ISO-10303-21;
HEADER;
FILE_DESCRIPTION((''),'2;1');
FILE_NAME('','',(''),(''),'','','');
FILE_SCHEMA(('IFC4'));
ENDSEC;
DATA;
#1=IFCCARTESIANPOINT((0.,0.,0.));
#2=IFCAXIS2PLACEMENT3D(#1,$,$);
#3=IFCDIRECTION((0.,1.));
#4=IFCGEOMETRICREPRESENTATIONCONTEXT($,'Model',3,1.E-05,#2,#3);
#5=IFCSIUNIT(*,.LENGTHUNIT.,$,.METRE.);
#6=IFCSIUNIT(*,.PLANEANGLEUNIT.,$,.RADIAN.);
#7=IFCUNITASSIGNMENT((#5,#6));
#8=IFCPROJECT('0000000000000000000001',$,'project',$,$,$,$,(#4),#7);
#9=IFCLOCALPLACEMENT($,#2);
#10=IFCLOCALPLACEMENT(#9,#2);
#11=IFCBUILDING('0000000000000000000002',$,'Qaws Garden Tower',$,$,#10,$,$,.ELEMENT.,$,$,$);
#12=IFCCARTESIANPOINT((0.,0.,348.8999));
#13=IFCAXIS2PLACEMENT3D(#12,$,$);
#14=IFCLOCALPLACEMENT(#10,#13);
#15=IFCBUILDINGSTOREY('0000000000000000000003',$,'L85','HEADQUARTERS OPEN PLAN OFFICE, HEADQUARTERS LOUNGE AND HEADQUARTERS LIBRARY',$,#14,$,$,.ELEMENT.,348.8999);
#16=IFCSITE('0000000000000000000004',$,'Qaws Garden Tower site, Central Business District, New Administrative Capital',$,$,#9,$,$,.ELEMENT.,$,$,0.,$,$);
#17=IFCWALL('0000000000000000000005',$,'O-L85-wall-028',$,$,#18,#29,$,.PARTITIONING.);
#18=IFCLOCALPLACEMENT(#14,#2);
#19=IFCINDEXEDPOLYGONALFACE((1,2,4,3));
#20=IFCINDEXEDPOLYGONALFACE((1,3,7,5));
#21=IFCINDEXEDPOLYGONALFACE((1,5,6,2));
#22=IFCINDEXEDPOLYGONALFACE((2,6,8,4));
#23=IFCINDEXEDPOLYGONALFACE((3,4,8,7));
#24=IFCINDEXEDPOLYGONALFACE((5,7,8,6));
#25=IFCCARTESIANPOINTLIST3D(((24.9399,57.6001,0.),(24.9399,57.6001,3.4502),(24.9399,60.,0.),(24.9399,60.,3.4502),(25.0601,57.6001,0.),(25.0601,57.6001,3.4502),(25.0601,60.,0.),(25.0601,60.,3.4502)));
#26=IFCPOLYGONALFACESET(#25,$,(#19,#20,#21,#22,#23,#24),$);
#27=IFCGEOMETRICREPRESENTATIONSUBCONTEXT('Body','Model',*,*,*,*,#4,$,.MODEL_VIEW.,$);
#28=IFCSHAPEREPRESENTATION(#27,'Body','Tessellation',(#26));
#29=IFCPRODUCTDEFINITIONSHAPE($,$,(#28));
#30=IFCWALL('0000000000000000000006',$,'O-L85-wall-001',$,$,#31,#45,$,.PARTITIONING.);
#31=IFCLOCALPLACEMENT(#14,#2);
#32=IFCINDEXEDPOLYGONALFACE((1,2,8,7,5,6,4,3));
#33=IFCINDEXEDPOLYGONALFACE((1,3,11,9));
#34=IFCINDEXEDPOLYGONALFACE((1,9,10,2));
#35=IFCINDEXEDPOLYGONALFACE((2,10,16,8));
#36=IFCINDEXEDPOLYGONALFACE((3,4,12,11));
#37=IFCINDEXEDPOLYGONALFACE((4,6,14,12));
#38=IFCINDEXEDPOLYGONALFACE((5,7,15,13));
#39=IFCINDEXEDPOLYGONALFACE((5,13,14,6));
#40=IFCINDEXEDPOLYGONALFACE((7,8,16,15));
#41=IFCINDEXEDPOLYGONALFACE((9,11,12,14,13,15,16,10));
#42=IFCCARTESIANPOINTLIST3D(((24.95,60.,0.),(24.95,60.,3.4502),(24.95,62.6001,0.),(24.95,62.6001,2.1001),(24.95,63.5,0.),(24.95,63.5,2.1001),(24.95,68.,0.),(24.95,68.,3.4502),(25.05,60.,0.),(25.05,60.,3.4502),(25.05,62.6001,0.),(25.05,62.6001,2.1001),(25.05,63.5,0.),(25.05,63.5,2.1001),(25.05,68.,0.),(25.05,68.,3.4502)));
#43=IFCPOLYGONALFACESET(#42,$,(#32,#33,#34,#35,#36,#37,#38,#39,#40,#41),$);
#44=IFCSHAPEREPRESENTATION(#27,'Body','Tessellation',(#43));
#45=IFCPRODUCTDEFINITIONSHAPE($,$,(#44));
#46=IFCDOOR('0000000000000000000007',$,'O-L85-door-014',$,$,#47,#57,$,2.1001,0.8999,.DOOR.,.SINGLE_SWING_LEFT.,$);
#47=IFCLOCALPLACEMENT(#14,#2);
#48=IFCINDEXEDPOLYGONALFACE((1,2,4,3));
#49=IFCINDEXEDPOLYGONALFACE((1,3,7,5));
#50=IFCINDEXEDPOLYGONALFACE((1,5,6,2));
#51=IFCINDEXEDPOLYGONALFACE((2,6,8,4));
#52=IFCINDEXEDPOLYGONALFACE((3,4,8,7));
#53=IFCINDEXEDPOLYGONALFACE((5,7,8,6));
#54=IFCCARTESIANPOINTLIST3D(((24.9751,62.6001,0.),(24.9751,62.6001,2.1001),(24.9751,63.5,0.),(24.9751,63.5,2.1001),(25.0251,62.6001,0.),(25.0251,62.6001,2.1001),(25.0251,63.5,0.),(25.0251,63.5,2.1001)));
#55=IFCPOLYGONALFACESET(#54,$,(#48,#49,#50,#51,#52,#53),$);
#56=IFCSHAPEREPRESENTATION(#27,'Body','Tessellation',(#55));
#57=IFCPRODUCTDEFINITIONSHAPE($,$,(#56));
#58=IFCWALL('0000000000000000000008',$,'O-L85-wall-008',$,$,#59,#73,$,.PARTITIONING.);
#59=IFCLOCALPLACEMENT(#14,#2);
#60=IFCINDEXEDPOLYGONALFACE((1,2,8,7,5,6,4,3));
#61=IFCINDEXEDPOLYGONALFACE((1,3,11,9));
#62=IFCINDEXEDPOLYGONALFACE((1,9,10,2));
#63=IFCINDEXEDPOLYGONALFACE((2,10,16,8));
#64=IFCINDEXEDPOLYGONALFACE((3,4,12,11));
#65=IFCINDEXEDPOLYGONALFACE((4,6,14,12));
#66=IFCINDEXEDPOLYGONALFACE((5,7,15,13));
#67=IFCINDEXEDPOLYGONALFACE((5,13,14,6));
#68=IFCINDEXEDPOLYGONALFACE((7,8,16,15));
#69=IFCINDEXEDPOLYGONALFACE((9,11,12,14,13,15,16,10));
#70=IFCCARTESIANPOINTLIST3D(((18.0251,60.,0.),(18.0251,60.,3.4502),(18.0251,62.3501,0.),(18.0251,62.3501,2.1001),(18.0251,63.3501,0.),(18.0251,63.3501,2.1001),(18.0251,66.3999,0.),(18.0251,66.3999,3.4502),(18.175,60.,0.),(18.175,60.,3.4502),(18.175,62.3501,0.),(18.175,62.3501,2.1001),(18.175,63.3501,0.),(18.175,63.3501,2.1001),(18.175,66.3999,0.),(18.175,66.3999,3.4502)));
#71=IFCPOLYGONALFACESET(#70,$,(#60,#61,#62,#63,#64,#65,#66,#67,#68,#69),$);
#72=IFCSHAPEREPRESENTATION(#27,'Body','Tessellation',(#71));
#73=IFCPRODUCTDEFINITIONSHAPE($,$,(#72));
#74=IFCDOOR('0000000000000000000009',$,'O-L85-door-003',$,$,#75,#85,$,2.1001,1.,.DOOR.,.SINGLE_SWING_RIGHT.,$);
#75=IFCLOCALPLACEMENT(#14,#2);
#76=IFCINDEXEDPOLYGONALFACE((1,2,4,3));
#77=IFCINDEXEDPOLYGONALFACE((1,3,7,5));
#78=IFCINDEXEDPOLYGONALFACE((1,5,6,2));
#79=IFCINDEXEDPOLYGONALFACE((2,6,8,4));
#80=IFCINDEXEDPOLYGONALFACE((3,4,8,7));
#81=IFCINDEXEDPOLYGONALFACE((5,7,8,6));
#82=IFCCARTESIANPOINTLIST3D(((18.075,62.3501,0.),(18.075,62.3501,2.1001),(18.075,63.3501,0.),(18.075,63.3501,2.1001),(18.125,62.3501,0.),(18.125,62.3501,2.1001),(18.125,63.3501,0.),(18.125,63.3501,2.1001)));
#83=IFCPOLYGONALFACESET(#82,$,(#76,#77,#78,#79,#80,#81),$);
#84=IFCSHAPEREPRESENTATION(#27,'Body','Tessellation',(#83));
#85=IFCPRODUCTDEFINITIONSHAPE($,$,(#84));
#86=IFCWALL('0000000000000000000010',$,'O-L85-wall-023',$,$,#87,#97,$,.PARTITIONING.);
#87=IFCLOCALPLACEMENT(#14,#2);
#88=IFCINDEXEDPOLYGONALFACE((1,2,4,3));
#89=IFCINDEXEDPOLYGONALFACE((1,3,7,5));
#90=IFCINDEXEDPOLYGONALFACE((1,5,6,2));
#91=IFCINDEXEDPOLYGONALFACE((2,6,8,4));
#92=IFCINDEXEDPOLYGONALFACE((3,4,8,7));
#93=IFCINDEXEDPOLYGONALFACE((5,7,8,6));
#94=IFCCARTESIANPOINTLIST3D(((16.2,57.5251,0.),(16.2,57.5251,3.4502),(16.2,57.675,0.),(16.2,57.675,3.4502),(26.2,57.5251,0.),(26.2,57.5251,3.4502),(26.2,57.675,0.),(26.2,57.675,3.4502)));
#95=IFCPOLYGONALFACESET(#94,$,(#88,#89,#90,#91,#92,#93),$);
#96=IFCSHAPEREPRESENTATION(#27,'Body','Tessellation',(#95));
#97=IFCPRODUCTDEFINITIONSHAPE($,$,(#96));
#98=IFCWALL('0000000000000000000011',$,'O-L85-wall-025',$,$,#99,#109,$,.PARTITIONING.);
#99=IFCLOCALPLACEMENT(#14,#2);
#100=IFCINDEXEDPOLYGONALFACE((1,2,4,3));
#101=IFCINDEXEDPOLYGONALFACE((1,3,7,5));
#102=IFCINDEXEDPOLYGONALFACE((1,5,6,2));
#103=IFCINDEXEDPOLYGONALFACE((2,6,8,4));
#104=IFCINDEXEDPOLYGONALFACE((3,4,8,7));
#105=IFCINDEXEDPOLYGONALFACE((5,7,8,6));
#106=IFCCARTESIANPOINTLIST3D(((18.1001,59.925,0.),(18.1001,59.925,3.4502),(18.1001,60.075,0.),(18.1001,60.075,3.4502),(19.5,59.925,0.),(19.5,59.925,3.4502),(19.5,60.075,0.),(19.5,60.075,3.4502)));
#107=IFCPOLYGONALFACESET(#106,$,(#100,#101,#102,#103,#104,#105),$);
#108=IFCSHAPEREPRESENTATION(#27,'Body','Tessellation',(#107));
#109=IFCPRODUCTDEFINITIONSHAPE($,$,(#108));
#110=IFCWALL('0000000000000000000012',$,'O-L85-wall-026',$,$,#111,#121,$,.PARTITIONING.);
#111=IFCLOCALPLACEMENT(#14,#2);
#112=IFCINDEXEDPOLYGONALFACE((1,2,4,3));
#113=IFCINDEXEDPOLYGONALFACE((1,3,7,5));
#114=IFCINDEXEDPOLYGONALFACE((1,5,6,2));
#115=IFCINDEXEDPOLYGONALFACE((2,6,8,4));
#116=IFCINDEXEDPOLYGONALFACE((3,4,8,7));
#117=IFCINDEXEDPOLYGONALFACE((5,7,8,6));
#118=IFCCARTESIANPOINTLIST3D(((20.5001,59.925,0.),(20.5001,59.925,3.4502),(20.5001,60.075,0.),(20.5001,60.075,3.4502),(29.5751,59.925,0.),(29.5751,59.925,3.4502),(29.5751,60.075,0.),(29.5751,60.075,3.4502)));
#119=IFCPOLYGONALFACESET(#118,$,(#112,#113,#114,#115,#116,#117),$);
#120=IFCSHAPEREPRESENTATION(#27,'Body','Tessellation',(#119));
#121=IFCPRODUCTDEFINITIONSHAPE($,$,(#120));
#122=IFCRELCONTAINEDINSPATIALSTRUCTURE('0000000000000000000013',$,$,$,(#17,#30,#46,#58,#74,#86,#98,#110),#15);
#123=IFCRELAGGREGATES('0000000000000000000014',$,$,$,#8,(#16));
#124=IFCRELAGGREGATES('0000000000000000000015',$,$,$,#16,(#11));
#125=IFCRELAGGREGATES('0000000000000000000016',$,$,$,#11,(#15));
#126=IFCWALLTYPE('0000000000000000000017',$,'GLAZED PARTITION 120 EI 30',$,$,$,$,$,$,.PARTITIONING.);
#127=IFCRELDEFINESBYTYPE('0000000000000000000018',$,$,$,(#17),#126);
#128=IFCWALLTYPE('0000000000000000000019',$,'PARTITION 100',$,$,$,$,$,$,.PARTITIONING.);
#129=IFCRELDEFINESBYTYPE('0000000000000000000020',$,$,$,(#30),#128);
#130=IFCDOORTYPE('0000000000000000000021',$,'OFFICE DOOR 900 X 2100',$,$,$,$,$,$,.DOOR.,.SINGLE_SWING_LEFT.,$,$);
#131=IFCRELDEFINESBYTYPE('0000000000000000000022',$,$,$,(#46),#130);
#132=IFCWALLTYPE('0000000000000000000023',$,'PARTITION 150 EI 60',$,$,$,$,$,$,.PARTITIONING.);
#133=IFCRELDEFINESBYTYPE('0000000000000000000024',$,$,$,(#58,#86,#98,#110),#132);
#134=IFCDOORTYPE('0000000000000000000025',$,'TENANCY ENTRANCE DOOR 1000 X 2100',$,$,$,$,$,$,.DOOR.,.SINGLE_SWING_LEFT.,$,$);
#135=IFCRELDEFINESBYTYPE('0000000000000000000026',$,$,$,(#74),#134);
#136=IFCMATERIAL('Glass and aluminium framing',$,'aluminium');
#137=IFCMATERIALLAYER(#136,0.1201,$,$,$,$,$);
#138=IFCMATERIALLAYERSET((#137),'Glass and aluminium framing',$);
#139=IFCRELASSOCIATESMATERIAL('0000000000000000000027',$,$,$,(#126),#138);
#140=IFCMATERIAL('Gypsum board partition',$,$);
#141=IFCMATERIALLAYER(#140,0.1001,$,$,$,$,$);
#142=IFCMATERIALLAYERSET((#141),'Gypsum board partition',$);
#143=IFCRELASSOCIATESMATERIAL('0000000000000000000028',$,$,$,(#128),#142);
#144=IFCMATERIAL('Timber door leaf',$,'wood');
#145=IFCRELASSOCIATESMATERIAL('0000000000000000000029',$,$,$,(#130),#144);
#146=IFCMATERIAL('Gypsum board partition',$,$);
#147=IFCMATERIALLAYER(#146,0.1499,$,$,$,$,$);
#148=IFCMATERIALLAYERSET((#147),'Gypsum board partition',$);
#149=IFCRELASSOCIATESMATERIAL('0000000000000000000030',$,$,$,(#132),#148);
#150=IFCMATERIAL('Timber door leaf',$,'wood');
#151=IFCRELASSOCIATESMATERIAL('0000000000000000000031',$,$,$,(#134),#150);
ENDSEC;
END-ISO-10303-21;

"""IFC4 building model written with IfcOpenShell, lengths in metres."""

from ifc_helpers import new_model, si_unit, direction, frame, frame_2d, origin, place, context, subcontext, project, spatial, rectangle, extrude, material, layer, layer_set, type_object, element, fill, save


model = new_model("IFC4")

# Units and contexts
model_context = context("Model", 3, precision=1e-05, world=origin(), true_north=direction((0.0, 1.0)))
body_context = subcontext(model_context, "Body", "Model", "MODEL_VIEW")
ifc_project = project(units=[si_unit("LENGTHUNIT", "METRE"), si_unit("PLANEANGLEUNIT", "RADIAN")], contexts=[model_context])

# Site, building, storey
site_placement = place(None, origin())
site = spatial("IfcSite", under=ifc_project, at=site_placement, Name="Qaws Garden Tower site, Central Business District, New Administrative Capital", CompositionType="ELEMENT", RefElevation=0.0)
building_placement = place(site_placement, origin())
building = spatial("IfcBuilding", under=site, at=building_placement, Name="Qaws Garden Tower", CompositionType="ELEMENT")
storey_placement = place(building_placement, frame((0.0, 0.0, 348.8999)))
storey = spatial("IfcBuildingStorey", under=building, at=storey_placement, Name="L85", Description="HEADQUARTERS OPEN PLAN OFFICE, HEADQUARTERS LOUNGE AND HEADQUARTERS LIBRARY", CompositionType="ELEMENT", Elevation=348.8999)

# Wall
ifc_material_1 = material(Name="Glass and aluminium framing", Category="aluminium")
ifc_layer_1 = layer(ifc_material_1, 0.1201)
ifc_layer_set_1 = layer_set([ifc_layer_1], Name="Glass and aluminium framing")
wall_type_1 = type_object("IfcWallType", Name="GLAZED PARTITION 120 EI 30", PredefinedType="PARTITIONING", material=ifc_layer_set_1)
wall_1_placement = place(storey_placement, frame((25.0, 57.6001, 0.0), z_axis=(0.0, 0.0, 1.0), x_axis=(0.0, 1.0, 0.0)))
element("IfcWall", 1, at=wall_1_placement, inside=storey, type_object=wall_type_1, Name="O-L85-wall-028", PredefinedType="PARTITIONING", context=body_context, shape_type="SweptSolid", body=[
    extrude(rectangle(XDim=2.3999, YDim=0.1201, at=frame_2d((1.2, 0.0))), origin(), (0.0, 0.0, 1.0), 3.4502),
])

# Walls, openings, doors
ifc_material_2 = material(Name="Gypsum board partition")
ifc_layer_2 = layer(ifc_material_2, 0.1001)
ifc_layer_set_2 = layer_set([ifc_layer_2], Name="Gypsum board partition")
wall_type_2 = type_object("IfcWallType", Name="PARTITION 100", PredefinedType="PARTITIONING", material=ifc_layer_set_2)
wall_2_placement = place(storey_placement, frame((25.0, 60.0, 0.0), z_axis=(0.0, 0.0, 1.0), x_axis=(0.0, 1.0, 0.0)))
wall_2 = element("IfcWall", 2, at=wall_2_placement, inside=storey, type_object=wall_type_2, Name="O-L85-wall-001", PredefinedType="PARTITIONING", context=body_context, shape_type="SweptSolid", body=[
    extrude(rectangle(XDim=8.0, YDim=0.1001, at=frame_2d((4.0, 0.0))), origin(), (0.0, 0.0, 1.0), 3.4502),
])
opening_1_placement = place(wall_2_placement, frame((2.6001, 0.0, 0.0)))
opening_1 = element("IfcOpeningElement", 3, at=opening_1_placement, cuts=wall_2, PredefinedType="OPENING", context=body_context, shape_type="SweptSolid", body=[
    extrude(rectangle(XDim=0.8999, YDim=2.1001, at=frame_2d((0.45, 1.05))), frame((0.0, 0.0601, 0.0), z_axis=(0.0, -1.0, 0.0), x_axis=(1.0, 0.0, 0.0)), (0.0, 0.0, 1.0), 0.1201),
])
ifc_material_3 = material(Name="Timber door leaf", Category="wood")
door_type_1 = type_object("IfcDoorType", Name="OFFICE DOOR 900 X 2100", OperationType="SINGLE_SWING_LEFT", PredefinedType="DOOR", material=ifc_material_3)
door_1_placement = place(opening_1_placement, origin())
door_1 = element("IfcDoor", 4, at=door_1_placement, inside=storey, type_object=door_type_1, Name="O-L85-door-014", OperationType="SINGLE_SWING_LEFT", OverallHeight=2.1001, OverallWidth=0.8999, PredefinedType="DOOR", context=body_context, shape_type="SweptSolid", body=[
    extrude(rectangle(XDim=0.8999, YDim=2.1001, at=frame_2d((0.45, 1.05))), frame((0.0, 0.0249, 0.0), z_axis=(0.0, -1.0, 0.0), x_axis=(1.0, 0.0, 0.0)), (0.0, 0.0, 1.0), 0.05),
])
fill(opening_1, door_1)
ifc_material_4 = material(Name="Gypsum board partition")
ifc_layer_3 = layer(ifc_material_4, 0.1499)
ifc_layer_set_3 = layer_set([ifc_layer_3], Name="Gypsum board partition")
wall_type_3 = type_object("IfcWallType", Name="PARTITION 150 EI 60", PredefinedType="PARTITIONING", material=ifc_layer_set_3)
wall_3_placement = place(storey_placement, frame((18.1001, 60.0, 0.0), z_axis=(0.0, 0.0, 1.0), x_axis=(0.0, 1.0, 0.0)))
wall_3 = element("IfcWall", 5, at=wall_3_placement, inside=storey, type_object=wall_type_3, Name="O-L85-wall-008", PredefinedType="PARTITIONING", context=body_context, shape_type="SweptSolid", body=[
    extrude(rectangle(XDim=6.3999, YDim=0.1499, at=frame_2d((3.2, 0.0))), origin(), (0.0, 0.0, 1.0), 3.4502),
])
opening_2_placement = place(wall_3_placement, frame((2.3501, 0.0, 0.0)))
opening_2 = element("IfcOpeningElement", 6, at=opening_2_placement, cuts=wall_3, PredefinedType="OPENING", context=body_context, shape_type="SweptSolid", body=[
    extrude(rectangle(XDim=1.0, YDim=2.1001, at=frame_2d((0.5, 1.05))), frame((0.0, 0.085, 0.0), z_axis=(0.0, -1.0, 0.0), x_axis=(1.0, 0.0, 0.0)), (0.0, 0.0, 1.0), 0.1699),
])
ifc_material_5 = material(Name="Timber door leaf", Category="wood")
door_type_2 = type_object("IfcDoorType", Name="TENANCY ENTRANCE DOOR 1000 X 2100", OperationType="SINGLE_SWING_LEFT", PredefinedType="DOOR", material=ifc_material_5)
door_2_placement = place(opening_2_placement, frame((1.0, 0.0, 0.0), z_axis=(0.0, 0.0, 1.0), x_axis=(-1.0, 0.0, 0.0)))
door_2 = element("IfcDoor", 7, at=door_2_placement, inside=storey, type_object=door_type_2, Name="O-L85-door-003", OperationType="SINGLE_SWING_RIGHT", OverallHeight=2.1001, OverallWidth=1.0, PredefinedType="DOOR", context=body_context, shape_type="SweptSolid", body=[
    extrude(rectangle(XDim=1.0, YDim=2.1001, at=frame_2d((0.5, 1.05))), frame((0.0, 0.0249, 0.0), z_axis=(0.0, -1.0, 0.0), x_axis=(1.0, 0.0, 0.0)), (0.0, 0.0, 1.0), 0.05),
])
fill(opening_2, door_2)

# Walls
wall_4_placement = place(storey_placement, frame((16.2, 57.6001, 0.0), z_axis=(0.0, 0.0, 1.0), x_axis=(1.0, 0.0, 0.0)))
element("IfcWall", 8, at=wall_4_placement, inside=storey, type_object=wall_type_3, Name="O-L85-wall-023", PredefinedType="PARTITIONING", context=body_context, shape_type="SweptSolid", body=[
    extrude(rectangle(XDim=10.0, YDim=0.1499, at=frame_2d((5.0, 0.0))), origin(), (0.0, 0.0, 1.0), 3.4502),
])
wall_5_placement = place(storey_placement, frame((18.1001, 60.0, 0.0), z_axis=(0.0, 0.0, 1.0), x_axis=(1.0, 0.0, 0.0)))
element("IfcWall", 9, at=wall_5_placement, inside=storey, type_object=wall_type_3, Name="O-L85-wall-025", PredefinedType="PARTITIONING", context=body_context, shape_type="SweptSolid", body=[
    extrude(rectangle(XDim=1.3999, YDim=0.1499, at=frame_2d((0.7, 0.0))), origin(), (0.0, 0.0, 1.0), 3.4502),
])
wall_6_placement = place(storey_placement, frame((20.5, 60.0, 0.0), z_axis=(0.0, 0.0, 1.0), x_axis=(1.0, 0.0, 0.0)))
element("IfcWall", 10, at=wall_6_placement, inside=storey, type_object=wall_type_3, Name="O-L85-wall-026", PredefinedType="PARTITIONING", context=body_context, shape_type="SweptSolid", body=[
    extrude(rectangle(XDim=9.075, YDim=0.1499, at=frame_2d((4.5376, 0.0))), origin(), (0.0, 0.0, 1.0), 3.4502),
])

save(model, "model.ifc")
